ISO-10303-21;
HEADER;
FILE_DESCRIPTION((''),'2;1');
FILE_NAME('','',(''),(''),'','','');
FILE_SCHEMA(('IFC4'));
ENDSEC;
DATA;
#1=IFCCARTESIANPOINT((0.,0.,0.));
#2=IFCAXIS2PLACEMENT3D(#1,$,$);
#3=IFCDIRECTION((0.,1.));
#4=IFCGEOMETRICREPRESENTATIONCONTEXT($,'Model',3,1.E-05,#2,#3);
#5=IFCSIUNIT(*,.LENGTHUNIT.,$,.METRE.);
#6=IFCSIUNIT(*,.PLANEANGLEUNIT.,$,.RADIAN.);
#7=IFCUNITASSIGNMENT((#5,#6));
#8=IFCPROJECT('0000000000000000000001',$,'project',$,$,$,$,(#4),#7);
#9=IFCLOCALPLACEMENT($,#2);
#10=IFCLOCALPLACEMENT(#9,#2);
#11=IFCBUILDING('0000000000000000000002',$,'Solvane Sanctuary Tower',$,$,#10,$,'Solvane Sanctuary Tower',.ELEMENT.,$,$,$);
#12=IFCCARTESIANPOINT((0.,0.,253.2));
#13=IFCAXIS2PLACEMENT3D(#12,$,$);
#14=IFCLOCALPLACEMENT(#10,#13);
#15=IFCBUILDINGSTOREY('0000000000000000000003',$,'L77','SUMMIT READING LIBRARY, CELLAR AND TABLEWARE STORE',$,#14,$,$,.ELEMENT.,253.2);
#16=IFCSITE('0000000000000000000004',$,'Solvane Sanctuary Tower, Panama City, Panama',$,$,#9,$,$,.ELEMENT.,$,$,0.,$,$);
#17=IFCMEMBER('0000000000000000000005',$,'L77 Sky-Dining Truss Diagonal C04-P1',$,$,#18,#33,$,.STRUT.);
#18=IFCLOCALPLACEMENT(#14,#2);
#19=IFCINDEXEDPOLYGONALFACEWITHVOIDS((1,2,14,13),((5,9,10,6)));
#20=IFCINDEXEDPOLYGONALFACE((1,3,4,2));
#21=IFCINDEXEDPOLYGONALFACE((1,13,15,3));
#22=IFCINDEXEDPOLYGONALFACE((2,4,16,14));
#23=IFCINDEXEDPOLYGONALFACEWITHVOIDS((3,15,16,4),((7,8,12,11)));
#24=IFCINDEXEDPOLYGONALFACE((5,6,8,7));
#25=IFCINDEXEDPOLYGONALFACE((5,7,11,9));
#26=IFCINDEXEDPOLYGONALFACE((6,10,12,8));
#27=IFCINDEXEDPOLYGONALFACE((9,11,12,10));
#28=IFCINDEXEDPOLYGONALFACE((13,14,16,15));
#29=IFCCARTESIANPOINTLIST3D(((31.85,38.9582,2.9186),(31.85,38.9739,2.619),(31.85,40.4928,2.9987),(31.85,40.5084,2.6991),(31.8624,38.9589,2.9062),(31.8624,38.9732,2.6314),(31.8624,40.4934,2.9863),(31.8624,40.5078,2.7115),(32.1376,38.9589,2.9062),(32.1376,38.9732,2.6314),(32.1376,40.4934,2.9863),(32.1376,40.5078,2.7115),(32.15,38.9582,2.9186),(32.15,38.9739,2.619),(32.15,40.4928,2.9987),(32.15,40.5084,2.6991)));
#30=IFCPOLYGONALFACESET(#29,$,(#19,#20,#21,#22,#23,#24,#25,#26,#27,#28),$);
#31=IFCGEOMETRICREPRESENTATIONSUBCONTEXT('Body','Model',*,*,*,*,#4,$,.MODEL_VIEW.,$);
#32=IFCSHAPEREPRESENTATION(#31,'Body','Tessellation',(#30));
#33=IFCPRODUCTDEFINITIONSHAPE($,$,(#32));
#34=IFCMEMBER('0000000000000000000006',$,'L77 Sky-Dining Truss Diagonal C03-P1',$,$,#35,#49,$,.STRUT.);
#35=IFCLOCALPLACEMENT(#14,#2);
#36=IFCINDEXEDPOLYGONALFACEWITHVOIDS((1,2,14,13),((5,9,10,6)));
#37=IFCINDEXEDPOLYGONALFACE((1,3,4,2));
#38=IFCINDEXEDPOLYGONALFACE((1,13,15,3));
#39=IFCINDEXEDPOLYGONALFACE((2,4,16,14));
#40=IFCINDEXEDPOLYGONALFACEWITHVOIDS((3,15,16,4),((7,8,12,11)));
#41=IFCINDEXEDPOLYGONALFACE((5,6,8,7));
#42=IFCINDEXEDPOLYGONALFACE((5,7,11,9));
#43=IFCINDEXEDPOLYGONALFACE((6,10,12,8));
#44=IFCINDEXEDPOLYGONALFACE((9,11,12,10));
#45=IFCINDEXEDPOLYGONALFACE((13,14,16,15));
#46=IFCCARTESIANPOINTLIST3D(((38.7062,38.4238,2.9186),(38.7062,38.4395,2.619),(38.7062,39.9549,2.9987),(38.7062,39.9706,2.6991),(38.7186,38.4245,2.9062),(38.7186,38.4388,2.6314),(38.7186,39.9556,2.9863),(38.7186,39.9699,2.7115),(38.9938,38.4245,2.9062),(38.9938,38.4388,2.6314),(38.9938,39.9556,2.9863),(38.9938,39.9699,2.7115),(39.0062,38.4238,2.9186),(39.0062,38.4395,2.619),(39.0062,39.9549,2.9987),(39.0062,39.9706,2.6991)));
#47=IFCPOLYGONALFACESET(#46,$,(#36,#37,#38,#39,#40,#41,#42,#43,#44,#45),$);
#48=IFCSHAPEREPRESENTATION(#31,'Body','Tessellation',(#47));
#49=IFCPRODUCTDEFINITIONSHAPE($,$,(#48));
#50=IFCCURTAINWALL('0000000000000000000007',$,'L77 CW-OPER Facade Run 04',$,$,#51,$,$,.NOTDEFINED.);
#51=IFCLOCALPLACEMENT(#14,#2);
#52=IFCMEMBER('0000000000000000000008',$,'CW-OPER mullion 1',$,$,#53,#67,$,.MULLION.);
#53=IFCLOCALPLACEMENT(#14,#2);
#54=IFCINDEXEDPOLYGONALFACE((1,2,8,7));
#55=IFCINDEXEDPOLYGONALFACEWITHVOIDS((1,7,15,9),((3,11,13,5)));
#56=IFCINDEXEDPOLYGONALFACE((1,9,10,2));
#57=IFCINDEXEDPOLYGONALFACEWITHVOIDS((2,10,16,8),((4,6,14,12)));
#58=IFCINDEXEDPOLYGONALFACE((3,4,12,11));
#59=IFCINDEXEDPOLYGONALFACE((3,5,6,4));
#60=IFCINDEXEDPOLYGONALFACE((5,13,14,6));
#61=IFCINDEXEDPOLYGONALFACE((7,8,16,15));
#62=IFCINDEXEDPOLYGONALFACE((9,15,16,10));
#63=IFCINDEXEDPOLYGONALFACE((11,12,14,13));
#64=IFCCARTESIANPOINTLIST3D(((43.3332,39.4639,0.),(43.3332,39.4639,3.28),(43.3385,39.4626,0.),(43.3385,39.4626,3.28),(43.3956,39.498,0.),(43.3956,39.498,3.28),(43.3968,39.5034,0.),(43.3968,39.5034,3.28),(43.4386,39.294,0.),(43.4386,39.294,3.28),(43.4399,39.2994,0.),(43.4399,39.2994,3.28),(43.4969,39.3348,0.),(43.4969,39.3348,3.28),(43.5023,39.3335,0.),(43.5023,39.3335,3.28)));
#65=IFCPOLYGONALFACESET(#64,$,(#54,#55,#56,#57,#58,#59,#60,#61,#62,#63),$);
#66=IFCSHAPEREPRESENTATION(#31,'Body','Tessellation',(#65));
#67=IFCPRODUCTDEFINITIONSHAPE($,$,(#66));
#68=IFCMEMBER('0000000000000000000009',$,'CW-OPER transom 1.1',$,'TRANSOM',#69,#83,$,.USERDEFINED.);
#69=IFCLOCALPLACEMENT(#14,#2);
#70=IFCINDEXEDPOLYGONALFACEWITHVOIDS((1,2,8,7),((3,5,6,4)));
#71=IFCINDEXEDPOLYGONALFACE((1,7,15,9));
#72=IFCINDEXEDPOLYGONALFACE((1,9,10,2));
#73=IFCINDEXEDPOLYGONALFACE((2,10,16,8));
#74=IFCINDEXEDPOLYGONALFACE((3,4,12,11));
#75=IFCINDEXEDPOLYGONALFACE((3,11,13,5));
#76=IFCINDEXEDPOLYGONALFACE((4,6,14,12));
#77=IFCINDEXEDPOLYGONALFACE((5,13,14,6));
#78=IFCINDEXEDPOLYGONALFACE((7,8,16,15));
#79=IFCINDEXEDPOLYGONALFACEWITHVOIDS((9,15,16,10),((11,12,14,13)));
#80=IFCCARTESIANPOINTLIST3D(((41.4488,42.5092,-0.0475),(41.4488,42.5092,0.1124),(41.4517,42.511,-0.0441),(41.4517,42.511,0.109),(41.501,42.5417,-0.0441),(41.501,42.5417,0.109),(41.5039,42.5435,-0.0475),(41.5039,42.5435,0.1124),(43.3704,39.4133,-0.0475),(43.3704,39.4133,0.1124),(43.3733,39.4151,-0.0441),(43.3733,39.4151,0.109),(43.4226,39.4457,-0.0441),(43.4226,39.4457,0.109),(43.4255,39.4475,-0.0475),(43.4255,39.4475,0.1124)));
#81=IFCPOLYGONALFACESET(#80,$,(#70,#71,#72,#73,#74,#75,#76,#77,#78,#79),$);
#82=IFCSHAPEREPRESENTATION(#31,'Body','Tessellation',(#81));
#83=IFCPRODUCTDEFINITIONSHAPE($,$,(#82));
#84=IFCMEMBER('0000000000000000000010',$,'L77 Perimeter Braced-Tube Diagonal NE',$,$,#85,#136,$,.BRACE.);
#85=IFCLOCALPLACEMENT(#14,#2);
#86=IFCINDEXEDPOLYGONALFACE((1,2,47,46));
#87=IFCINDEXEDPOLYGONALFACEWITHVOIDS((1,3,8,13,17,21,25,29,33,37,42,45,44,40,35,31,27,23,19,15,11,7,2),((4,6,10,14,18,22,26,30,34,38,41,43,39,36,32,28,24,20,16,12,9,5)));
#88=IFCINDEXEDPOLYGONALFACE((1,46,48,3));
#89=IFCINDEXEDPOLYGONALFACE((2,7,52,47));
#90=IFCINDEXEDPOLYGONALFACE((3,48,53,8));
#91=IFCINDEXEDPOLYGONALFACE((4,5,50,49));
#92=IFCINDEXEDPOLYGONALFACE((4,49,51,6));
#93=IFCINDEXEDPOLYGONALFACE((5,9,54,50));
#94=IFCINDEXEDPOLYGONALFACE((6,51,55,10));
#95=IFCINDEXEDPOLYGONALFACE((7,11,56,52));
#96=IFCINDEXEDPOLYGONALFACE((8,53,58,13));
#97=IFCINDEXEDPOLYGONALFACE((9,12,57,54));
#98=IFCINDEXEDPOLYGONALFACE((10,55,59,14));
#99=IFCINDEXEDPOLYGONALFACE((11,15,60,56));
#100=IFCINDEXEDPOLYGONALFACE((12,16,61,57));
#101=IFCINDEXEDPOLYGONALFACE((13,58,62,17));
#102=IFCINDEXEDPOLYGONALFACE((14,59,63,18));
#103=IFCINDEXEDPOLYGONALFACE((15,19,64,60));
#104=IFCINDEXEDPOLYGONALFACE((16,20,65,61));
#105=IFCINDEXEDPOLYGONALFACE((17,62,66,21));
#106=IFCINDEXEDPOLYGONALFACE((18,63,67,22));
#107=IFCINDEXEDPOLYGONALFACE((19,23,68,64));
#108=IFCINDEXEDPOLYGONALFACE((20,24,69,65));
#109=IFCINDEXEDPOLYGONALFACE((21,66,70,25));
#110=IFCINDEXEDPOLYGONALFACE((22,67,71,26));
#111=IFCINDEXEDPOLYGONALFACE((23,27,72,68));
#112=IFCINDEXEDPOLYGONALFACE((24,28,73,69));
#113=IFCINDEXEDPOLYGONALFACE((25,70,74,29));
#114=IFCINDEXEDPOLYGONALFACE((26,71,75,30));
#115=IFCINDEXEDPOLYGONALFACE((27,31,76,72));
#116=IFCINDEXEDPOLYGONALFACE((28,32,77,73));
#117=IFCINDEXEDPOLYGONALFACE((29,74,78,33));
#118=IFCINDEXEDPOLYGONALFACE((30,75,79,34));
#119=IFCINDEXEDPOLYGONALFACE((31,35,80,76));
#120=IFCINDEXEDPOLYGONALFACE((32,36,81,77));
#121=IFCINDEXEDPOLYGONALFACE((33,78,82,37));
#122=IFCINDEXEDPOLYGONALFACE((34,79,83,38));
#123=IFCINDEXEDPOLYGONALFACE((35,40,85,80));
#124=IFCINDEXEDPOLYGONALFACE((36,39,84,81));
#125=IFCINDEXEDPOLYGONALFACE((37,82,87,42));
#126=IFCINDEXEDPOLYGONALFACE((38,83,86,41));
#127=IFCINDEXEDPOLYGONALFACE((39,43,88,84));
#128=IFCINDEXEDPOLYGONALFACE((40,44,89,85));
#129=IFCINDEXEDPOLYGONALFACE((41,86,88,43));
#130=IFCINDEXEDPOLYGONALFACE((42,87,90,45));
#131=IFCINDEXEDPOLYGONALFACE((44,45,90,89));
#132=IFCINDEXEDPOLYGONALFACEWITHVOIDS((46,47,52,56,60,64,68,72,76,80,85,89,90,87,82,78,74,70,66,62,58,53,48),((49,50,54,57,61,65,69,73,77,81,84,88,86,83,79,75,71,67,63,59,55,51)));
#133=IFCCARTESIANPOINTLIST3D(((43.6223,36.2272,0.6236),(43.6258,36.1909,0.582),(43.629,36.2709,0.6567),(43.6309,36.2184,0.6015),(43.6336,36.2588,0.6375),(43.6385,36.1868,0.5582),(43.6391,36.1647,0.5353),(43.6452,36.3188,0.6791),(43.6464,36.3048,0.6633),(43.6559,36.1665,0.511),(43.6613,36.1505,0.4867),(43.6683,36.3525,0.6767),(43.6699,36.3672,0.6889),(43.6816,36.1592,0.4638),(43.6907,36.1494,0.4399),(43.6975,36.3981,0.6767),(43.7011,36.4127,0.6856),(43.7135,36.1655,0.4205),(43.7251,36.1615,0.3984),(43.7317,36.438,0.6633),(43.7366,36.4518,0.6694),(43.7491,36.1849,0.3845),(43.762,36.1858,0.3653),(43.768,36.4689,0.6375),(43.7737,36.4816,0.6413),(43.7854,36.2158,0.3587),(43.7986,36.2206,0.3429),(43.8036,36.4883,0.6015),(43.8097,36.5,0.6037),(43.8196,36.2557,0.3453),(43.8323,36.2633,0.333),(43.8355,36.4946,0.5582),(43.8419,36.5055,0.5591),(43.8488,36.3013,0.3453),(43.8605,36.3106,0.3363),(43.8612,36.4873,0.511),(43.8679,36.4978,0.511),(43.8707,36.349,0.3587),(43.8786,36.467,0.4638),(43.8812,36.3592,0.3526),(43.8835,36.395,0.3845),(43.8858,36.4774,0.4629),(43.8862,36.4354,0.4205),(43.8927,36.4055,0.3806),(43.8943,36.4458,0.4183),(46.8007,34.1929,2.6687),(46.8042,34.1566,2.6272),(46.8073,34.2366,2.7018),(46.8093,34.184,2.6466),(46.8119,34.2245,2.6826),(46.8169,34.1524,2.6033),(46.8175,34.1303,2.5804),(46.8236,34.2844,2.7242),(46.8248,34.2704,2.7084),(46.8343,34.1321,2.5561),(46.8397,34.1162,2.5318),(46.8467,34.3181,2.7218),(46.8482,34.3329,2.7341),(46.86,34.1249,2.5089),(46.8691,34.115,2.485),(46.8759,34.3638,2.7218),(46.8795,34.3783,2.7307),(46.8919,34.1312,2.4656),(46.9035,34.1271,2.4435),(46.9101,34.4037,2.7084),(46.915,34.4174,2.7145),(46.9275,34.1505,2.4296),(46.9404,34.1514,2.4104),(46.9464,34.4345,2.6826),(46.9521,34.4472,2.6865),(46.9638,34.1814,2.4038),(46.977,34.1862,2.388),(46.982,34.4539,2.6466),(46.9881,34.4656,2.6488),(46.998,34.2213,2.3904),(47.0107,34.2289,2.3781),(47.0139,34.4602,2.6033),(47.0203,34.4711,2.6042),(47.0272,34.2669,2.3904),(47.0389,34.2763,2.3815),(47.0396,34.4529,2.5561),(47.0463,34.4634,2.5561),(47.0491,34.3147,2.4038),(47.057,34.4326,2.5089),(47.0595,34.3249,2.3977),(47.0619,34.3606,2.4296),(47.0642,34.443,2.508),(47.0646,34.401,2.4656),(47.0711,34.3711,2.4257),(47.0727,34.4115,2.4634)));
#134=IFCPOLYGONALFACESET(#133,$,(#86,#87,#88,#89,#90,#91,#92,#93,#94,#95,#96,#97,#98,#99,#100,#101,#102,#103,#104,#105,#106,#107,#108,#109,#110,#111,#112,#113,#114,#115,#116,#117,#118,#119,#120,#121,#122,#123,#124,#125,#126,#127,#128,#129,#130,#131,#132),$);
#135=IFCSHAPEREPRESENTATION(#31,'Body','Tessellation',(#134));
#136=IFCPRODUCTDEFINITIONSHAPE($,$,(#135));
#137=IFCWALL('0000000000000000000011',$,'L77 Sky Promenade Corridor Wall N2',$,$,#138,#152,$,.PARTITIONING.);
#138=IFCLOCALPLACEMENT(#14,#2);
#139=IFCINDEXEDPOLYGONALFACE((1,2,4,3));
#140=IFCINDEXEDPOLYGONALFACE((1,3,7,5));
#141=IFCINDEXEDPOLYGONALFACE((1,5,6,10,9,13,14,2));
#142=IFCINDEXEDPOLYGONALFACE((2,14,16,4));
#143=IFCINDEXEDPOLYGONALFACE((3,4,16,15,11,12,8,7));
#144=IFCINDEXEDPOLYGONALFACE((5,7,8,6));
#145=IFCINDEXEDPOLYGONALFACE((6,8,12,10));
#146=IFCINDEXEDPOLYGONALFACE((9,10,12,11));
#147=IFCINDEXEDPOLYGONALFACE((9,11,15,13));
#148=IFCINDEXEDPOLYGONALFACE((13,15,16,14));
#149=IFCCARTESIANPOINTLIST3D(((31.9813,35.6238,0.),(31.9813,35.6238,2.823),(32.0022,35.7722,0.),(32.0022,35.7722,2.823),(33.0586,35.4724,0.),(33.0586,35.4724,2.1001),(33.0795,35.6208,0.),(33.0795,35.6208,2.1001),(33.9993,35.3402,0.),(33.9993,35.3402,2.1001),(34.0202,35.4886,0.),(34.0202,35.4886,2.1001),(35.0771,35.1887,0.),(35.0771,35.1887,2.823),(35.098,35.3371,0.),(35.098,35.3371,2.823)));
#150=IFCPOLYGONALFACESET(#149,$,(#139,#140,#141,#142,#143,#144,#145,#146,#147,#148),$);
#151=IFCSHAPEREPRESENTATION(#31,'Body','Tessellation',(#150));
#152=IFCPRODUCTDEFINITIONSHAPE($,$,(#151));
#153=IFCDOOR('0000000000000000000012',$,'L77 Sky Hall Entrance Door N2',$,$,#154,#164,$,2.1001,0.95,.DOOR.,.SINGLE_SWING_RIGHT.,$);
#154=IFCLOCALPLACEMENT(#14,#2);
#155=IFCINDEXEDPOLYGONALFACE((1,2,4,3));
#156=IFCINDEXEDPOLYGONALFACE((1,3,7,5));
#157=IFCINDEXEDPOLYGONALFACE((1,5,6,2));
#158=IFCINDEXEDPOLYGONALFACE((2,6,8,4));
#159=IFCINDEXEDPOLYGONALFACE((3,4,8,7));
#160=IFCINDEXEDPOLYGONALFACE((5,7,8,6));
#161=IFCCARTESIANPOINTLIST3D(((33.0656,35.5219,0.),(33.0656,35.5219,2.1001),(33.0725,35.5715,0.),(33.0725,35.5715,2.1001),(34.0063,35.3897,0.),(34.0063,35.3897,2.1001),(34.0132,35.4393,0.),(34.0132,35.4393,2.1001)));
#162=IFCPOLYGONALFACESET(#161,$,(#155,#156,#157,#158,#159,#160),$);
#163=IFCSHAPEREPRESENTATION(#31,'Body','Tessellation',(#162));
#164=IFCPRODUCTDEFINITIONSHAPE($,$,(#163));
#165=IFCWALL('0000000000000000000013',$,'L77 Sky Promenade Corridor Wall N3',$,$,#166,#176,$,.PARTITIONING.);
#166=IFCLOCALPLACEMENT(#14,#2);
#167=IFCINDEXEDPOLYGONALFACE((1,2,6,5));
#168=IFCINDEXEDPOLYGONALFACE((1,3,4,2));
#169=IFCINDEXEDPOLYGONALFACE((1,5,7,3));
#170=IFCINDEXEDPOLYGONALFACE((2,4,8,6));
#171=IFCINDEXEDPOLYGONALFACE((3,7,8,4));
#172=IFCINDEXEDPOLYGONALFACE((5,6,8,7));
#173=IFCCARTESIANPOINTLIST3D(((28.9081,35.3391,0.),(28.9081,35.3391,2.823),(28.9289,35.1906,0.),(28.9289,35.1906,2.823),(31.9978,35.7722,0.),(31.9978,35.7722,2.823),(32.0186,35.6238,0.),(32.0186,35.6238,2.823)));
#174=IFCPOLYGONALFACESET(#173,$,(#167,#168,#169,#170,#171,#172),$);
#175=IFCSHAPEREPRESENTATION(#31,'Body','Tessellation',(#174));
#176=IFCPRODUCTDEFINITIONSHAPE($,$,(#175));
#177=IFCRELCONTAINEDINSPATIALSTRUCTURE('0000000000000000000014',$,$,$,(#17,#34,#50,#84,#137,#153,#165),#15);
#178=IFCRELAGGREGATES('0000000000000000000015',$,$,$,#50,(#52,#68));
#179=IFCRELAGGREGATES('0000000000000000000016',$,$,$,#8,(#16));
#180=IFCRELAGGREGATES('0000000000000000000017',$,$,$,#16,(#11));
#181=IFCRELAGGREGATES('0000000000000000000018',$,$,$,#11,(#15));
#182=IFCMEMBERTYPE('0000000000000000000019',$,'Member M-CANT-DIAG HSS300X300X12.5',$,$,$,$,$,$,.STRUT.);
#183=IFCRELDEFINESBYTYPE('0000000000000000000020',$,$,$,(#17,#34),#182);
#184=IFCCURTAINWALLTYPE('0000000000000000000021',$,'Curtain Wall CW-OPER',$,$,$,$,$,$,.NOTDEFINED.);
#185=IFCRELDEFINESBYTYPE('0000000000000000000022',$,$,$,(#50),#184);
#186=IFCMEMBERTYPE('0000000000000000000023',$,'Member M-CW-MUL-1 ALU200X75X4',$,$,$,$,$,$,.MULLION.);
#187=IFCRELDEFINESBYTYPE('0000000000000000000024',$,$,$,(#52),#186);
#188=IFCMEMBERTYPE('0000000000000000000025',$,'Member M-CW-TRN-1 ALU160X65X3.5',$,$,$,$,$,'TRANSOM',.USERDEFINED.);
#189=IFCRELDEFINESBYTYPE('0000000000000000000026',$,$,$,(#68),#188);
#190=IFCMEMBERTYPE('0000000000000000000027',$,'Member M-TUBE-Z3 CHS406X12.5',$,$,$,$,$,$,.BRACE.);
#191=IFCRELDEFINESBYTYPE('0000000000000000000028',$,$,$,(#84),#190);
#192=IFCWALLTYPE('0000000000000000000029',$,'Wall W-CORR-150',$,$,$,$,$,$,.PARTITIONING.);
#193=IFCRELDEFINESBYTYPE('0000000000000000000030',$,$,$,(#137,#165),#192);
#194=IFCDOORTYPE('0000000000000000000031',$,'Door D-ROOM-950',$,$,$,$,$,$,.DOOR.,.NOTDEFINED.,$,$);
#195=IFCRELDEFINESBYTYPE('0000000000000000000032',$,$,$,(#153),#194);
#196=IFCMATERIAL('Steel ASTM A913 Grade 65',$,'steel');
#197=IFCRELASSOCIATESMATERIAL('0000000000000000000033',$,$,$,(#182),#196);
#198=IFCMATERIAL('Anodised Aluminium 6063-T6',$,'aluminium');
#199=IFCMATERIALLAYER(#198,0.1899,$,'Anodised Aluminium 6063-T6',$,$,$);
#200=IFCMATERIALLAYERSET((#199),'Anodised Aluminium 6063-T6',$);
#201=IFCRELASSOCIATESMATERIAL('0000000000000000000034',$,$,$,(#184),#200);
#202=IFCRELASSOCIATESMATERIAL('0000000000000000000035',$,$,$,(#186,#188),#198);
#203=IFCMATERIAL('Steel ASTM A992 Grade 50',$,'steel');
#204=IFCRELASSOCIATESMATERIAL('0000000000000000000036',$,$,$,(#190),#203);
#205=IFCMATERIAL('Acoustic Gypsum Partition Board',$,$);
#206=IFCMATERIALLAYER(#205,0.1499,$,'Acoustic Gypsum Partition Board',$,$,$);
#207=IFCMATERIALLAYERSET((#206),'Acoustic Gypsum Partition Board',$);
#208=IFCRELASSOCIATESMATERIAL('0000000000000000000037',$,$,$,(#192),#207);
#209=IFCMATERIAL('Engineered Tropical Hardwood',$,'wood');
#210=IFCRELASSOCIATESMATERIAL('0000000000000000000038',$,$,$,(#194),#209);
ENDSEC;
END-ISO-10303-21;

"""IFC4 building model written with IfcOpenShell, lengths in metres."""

from ifc_helpers import new_model, si_unit, direction, frame, frame_2d, origin, origin_2d, place, context, subcontext, project, spatial, rectangle, hollow_rectangle, hollow_circle, extrude, material, layer, layer_set, material_profile, profile_set, type_object, element, fill, aggregate, save


model = new_model("IFC4")

# Units and contexts
model_context = context("Model", 3, precision=1e-05, world=origin(), true_north=direction((0.0, 1.0)))
body_context = subcontext(model_context, "Body", "Model", "MODEL_VIEW")
ifc_project = project(units=[si_unit("LENGTHUNIT", "METRE"), si_unit("PLANEANGLEUNIT", "RADIAN")], contexts=[model_context])

# Site, building, storey
site_placement = place(None, origin())
site = spatial("IfcSite", under=ifc_project, at=site_placement, Name="Solvane Sanctuary Tower, Panama City, Panama", CompositionType="ELEMENT", RefElevation=0.0)
building_placement = place(site_placement, origin())
building = spatial("IfcBuilding", under=site, at=building_placement, Name="Solvane Sanctuary Tower", LongName="Solvane Sanctuary Tower", CompositionType="ELEMENT")
storey_placement = place(building_placement, frame((0.0, 0.0, 253.2)))
storey = spatial("IfcBuildingStorey", under=building, at=storey_placement, Name="L77", Description="SUMMIT READING LIBRARY, CELLAR AND TABLEWARE STORE", CompositionType="ELEMENT", Elevation=253.2)

# Shared definitions
ifc_material_1 = material(Name="Steel ASTM A913 Grade 65", Category="steel")

# Shared definitions
ifc_material_2 = material(Name="Steel ASTM A992 Grade 50", Category="steel")

# Members
ifc_material_profile_1 = material_profile(ifc_material_1, hollow_rectangle(XDim=0.3, YDim=0.3, WallThickness=0.0125, at=origin_2d()), Name="HSS300X300X12.5")
ifc_profile_set_1 = profile_set([ifc_material_profile_1], Name="Steel ASTM A913 Grade 65")
member_type_1 = type_object("IfcMemberType", Name="Member M-CANT-DIAG HSS300X300X12.5", PredefinedType="STRUT", material=ifc_profile_set_1)
member_1_placement = place(storey_placement, frame((32.0, 38.9661, 2.7688), z_axis=(0.0, 0.998641, 0.052117), x_axis=(-1.0, 0.0, 0.0)))
element("IfcMember", 1, at=member_1_placement, inside=storey, type_object=member_type_1, Name="L77 Sky-Dining Truss Diagonal C04-P1", PredefinedType="STRUT", context=body_context, shape_type="SweptSolid", body=[
    extrude(hollow_rectangle(XDim=0.3, YDim=0.3, WallThickness=0.0125, at=origin_2d()), origin(), (0.0, 0.0, 1.0), 1.5366),
])
member_2_placement = place(storey_placement, frame((38.8562, 38.4316, 2.7688), z_axis=(0.0, 0.998635, 0.052233), x_axis=(-1.0, 0.0, 0.0)))
element("IfcMember", 2, at=member_2_placement, inside=storey, type_object=member_type_1, Name="L77 Sky-Dining Truss Diagonal C03-P1", PredefinedType="STRUT", context=body_context, shape_type="SweptSolid", body=[
    extrude(hollow_rectangle(XDim=0.3, YDim=0.3, WallThickness=0.0125, at=origin_2d()), origin(), (0.0, 0.0, 1.0), 1.5332),
])

# Curtain wall, members
ifc_material_3 = material(Name="Anodised Aluminium 6063-T6", Category="aluminium")
ifc_layer_1 = layer(ifc_material_3, 0.1899, Name="Anodised Aluminium 6063-T6")
ifc_layer_set_1 = layer_set([ifc_layer_1], Name="Anodised Aluminium 6063-T6")
curtain_wall_type = type_object("IfcCurtainWallType", Name="Curtain Wall CW-OPER", PredefinedType="NOTDEFINED", material=ifc_layer_set_1)
curtain_wall_placement = place(storey_placement, origin())
curtain_wall = element("IfcCurtainWall", 3, at=curtain_wall_placement, inside=storey, type_object=curtain_wall_type, Name="L77 CW-OPER Facade Run 04", PredefinedType="NOTDEFINED")
ifc_material_profile_2 = material_profile(ifc_material_3, hollow_rectangle(XDim=0.075, YDim=0.2, WallThickness=0.0039, at=origin_2d()), Name="ALU200X75X4")
ifc_profile_set_2 = profile_set([ifc_material_profile_2], Name="Anodised Aluminium 6063-T6")
member_type_2 = type_object("IfcMemberType", Name="Member M-CW-MUL-1 ALU200X75X4", PredefinedType="MULLION", material=ifc_profile_set_2)
member_3_placement = place(storey_placement, frame((43.4177, 39.3987, 0.0), z_axis=(0.0, 0.0, 1.0), x_axis=(-0.849622, -0.527392, 0.0)))
member_3 = element("IfcMember", 4, at=member_3_placement, type_object=member_type_2, Name="CW-OPER mullion 1", PredefinedType="MULLION", context=body_context, shape_type="SweptSolid", body=[
    extrude(hollow_rectangle(XDim=0.075, YDim=0.2, WallThickness=0.0039, at=origin_2d()), origin(), (0.0, 0.0, 1.0), 3.28),
])
ifc_material_profile_3 = material_profile(ifc_material_3, hollow_rectangle(XDim=0.0649, YDim=0.1599, WallThickness=0.0034, at=origin_2d()), Name="ALU160X65X3.5")
ifc_profile_set_3 = profile_set([ifc_material_profile_3], Name="Anodised Aluminium 6063-T6")
member_type_3 = type_object("IfcMemberType", Name="Member M-CW-TRN-1 ALU160X65X3.5", ElementType="TRANSOM", PredefinedType="USERDEFINED", material=ifc_profile_set_3)
member_4_placement = place(storey_placement, frame((43.3979, 39.4304, 0.0325), z_axis=(-0.527365, 0.849639, 0.0), x_axis=(-0.849639, -0.527365, 0.0)))
member_4 = element("IfcMember", 5, at=member_4_placement, type_object=member_type_3, Name="CW-OPER transom 1.1", ObjectType="TRANSOM", PredefinedType="USERDEFINED", context=body_context, shape_type="SweptSolid", body=[
    extrude(hollow_rectangle(XDim=0.0649, YDim=0.1599, WallThickness=0.0034, at=origin_2d()), origin(), (0.0, 0.0, 1.0), 3.6438),
])
aggregate(curtain_wall, [member_3, member_4])

# Member
ifc_material_profile_4 = material_profile(ifc_material_2, hollow_circle(Radius=0.2029, WallThickness=0.0125, at=origin_2d()), Name="CHS406X12.5")
ifc_profile_set_4 = profile_set([ifc_material_profile_4], Name="Steel ASTM A992 Grade 50")
member_type_4 = type_object("IfcMemberType", Name="Member M-TUBE-Z3 CHS406X12.5", PredefinedType="BRACE", material=ifc_profile_set_4)
member_5_placement = place(storey_placement, frame((43.7585, 36.3269, 0.511), z_axis=(0.740496, -0.473965, 0.476468), x_axis=(0.539092, 0.842247, 0.0)))
element("IfcMember", 6, at=member_5_placement, inside=storey, type_object=member_type_4, Name="L77 Perimeter Braced-Tube Diagonal NE", PredefinedType="BRACE", context=body_context, shape_type="SweptSolid", body=[
    extrude(hollow_circle(Radius=0.2029, WallThickness=0.0125, at=origin_2d()), origin(), (0.0, 0.0, 1.0), 4.2922),
])

# Wall, opening, door
ifc_material_4 = material(Name="Acoustic Gypsum Partition Board")
ifc_layer_2 = layer(ifc_material_4, 0.1499, Name="Acoustic Gypsum Partition Board")
ifc_layer_set_2 = layer_set([ifc_layer_2], Name="Acoustic Gypsum Partition Board")
wall_type_1 = type_object("IfcWallType", Name="Wall W-CORR-150", PredefinedType="PARTITIONING", material=ifc_layer_set_2)
wall_1_placement = place(storey_placement, frame((35.0874, 35.2629, 0.0), z_axis=(0.0, 0.0, 1.0), x_axis=(-0.990269, 0.139169, 0.0)))
wall_1 = element("IfcWall", 7, at=wall_1_placement, inside=storey, type_object=wall_type_1, Name="L77 Sky Promenade Corridor Wall N2", PredefinedType="PARTITIONING", context=body_context, shape_type="SweptSolid", body=[
    extrude(rectangle(XDim=3.1262, YDim=0.1499, at=frame_2d((1.563, 0.0))), origin(), (0.0, 0.0, 1.0), 2.823),
])
opening_placement = place(wall_1_placement, frame((1.0881, 0.0, 0.0)))
opening = element("IfcOpeningElement", 8, at=opening_placement, cuts=wall_1, PredefinedType="OPENING", context=body_context, shape_type="SweptSolid", body=[
    extrude(rectangle(XDim=0.95, YDim=2.1001, at=frame_2d((0.4751, 1.05))), frame((0.0, 0.085, 0.0), z_axis=(0.0, -1.0, 0.0), x_axis=(1.0, 0.0, 0.0)), (0.0, 0.0, 1.0), 0.1699),
])
ifc_material_5 = material(Name="Engineered Tropical Hardwood", Category="wood")
door_type = type_object("IfcDoorType", Name="Door D-ROOM-950", OperationType="NOTDEFINED", PredefinedType="DOOR", material=ifc_material_5)
door_placement = place(opening_placement, origin())
door = element("IfcDoor", 9, at=door_placement, inside=storey, type_object=door_type, Name="L77 Sky Hall Entrance Door N2", OperationType="SINGLE_SWING_RIGHT", OverallHeight=2.1001, OverallWidth=0.95, PredefinedType="DOOR", context=body_context, shape_type="SweptSolid", body=[
    extrude(rectangle(XDim=0.95, YDim=2.1001, at=frame_2d((0.4751, 1.05))), frame((0.0, 0.0249, 0.0), z_axis=(0.0, -1.0, 0.0), x_axis=(1.0, 0.0, 0.0)), (0.0, 0.0, 1.0), 0.05),
])
fill(opening, door)

# Wall
wall_2_placement = place(storey_placement, frame((32.0083, 35.698, 0.0), z_axis=(0.0, 0.0, 1.0), x_axis=(-0.990317, -0.138824, 0.0)))
element("IfcWall", 10, at=wall_2_placement, inside=storey, type_object=wall_type_1, Name="L77 Sky Promenade Corridor Wall N3", PredefinedType="PARTITIONING", context=body_context, shape_type="SweptSolid", body=[
    extrude(rectangle(XDim=3.1199, YDim=0.1499, at=frame_2d((1.5601, 0.0))), origin(), (0.0, 0.0, 1.0), 2.823),
])

save(model, "model.ifc")
